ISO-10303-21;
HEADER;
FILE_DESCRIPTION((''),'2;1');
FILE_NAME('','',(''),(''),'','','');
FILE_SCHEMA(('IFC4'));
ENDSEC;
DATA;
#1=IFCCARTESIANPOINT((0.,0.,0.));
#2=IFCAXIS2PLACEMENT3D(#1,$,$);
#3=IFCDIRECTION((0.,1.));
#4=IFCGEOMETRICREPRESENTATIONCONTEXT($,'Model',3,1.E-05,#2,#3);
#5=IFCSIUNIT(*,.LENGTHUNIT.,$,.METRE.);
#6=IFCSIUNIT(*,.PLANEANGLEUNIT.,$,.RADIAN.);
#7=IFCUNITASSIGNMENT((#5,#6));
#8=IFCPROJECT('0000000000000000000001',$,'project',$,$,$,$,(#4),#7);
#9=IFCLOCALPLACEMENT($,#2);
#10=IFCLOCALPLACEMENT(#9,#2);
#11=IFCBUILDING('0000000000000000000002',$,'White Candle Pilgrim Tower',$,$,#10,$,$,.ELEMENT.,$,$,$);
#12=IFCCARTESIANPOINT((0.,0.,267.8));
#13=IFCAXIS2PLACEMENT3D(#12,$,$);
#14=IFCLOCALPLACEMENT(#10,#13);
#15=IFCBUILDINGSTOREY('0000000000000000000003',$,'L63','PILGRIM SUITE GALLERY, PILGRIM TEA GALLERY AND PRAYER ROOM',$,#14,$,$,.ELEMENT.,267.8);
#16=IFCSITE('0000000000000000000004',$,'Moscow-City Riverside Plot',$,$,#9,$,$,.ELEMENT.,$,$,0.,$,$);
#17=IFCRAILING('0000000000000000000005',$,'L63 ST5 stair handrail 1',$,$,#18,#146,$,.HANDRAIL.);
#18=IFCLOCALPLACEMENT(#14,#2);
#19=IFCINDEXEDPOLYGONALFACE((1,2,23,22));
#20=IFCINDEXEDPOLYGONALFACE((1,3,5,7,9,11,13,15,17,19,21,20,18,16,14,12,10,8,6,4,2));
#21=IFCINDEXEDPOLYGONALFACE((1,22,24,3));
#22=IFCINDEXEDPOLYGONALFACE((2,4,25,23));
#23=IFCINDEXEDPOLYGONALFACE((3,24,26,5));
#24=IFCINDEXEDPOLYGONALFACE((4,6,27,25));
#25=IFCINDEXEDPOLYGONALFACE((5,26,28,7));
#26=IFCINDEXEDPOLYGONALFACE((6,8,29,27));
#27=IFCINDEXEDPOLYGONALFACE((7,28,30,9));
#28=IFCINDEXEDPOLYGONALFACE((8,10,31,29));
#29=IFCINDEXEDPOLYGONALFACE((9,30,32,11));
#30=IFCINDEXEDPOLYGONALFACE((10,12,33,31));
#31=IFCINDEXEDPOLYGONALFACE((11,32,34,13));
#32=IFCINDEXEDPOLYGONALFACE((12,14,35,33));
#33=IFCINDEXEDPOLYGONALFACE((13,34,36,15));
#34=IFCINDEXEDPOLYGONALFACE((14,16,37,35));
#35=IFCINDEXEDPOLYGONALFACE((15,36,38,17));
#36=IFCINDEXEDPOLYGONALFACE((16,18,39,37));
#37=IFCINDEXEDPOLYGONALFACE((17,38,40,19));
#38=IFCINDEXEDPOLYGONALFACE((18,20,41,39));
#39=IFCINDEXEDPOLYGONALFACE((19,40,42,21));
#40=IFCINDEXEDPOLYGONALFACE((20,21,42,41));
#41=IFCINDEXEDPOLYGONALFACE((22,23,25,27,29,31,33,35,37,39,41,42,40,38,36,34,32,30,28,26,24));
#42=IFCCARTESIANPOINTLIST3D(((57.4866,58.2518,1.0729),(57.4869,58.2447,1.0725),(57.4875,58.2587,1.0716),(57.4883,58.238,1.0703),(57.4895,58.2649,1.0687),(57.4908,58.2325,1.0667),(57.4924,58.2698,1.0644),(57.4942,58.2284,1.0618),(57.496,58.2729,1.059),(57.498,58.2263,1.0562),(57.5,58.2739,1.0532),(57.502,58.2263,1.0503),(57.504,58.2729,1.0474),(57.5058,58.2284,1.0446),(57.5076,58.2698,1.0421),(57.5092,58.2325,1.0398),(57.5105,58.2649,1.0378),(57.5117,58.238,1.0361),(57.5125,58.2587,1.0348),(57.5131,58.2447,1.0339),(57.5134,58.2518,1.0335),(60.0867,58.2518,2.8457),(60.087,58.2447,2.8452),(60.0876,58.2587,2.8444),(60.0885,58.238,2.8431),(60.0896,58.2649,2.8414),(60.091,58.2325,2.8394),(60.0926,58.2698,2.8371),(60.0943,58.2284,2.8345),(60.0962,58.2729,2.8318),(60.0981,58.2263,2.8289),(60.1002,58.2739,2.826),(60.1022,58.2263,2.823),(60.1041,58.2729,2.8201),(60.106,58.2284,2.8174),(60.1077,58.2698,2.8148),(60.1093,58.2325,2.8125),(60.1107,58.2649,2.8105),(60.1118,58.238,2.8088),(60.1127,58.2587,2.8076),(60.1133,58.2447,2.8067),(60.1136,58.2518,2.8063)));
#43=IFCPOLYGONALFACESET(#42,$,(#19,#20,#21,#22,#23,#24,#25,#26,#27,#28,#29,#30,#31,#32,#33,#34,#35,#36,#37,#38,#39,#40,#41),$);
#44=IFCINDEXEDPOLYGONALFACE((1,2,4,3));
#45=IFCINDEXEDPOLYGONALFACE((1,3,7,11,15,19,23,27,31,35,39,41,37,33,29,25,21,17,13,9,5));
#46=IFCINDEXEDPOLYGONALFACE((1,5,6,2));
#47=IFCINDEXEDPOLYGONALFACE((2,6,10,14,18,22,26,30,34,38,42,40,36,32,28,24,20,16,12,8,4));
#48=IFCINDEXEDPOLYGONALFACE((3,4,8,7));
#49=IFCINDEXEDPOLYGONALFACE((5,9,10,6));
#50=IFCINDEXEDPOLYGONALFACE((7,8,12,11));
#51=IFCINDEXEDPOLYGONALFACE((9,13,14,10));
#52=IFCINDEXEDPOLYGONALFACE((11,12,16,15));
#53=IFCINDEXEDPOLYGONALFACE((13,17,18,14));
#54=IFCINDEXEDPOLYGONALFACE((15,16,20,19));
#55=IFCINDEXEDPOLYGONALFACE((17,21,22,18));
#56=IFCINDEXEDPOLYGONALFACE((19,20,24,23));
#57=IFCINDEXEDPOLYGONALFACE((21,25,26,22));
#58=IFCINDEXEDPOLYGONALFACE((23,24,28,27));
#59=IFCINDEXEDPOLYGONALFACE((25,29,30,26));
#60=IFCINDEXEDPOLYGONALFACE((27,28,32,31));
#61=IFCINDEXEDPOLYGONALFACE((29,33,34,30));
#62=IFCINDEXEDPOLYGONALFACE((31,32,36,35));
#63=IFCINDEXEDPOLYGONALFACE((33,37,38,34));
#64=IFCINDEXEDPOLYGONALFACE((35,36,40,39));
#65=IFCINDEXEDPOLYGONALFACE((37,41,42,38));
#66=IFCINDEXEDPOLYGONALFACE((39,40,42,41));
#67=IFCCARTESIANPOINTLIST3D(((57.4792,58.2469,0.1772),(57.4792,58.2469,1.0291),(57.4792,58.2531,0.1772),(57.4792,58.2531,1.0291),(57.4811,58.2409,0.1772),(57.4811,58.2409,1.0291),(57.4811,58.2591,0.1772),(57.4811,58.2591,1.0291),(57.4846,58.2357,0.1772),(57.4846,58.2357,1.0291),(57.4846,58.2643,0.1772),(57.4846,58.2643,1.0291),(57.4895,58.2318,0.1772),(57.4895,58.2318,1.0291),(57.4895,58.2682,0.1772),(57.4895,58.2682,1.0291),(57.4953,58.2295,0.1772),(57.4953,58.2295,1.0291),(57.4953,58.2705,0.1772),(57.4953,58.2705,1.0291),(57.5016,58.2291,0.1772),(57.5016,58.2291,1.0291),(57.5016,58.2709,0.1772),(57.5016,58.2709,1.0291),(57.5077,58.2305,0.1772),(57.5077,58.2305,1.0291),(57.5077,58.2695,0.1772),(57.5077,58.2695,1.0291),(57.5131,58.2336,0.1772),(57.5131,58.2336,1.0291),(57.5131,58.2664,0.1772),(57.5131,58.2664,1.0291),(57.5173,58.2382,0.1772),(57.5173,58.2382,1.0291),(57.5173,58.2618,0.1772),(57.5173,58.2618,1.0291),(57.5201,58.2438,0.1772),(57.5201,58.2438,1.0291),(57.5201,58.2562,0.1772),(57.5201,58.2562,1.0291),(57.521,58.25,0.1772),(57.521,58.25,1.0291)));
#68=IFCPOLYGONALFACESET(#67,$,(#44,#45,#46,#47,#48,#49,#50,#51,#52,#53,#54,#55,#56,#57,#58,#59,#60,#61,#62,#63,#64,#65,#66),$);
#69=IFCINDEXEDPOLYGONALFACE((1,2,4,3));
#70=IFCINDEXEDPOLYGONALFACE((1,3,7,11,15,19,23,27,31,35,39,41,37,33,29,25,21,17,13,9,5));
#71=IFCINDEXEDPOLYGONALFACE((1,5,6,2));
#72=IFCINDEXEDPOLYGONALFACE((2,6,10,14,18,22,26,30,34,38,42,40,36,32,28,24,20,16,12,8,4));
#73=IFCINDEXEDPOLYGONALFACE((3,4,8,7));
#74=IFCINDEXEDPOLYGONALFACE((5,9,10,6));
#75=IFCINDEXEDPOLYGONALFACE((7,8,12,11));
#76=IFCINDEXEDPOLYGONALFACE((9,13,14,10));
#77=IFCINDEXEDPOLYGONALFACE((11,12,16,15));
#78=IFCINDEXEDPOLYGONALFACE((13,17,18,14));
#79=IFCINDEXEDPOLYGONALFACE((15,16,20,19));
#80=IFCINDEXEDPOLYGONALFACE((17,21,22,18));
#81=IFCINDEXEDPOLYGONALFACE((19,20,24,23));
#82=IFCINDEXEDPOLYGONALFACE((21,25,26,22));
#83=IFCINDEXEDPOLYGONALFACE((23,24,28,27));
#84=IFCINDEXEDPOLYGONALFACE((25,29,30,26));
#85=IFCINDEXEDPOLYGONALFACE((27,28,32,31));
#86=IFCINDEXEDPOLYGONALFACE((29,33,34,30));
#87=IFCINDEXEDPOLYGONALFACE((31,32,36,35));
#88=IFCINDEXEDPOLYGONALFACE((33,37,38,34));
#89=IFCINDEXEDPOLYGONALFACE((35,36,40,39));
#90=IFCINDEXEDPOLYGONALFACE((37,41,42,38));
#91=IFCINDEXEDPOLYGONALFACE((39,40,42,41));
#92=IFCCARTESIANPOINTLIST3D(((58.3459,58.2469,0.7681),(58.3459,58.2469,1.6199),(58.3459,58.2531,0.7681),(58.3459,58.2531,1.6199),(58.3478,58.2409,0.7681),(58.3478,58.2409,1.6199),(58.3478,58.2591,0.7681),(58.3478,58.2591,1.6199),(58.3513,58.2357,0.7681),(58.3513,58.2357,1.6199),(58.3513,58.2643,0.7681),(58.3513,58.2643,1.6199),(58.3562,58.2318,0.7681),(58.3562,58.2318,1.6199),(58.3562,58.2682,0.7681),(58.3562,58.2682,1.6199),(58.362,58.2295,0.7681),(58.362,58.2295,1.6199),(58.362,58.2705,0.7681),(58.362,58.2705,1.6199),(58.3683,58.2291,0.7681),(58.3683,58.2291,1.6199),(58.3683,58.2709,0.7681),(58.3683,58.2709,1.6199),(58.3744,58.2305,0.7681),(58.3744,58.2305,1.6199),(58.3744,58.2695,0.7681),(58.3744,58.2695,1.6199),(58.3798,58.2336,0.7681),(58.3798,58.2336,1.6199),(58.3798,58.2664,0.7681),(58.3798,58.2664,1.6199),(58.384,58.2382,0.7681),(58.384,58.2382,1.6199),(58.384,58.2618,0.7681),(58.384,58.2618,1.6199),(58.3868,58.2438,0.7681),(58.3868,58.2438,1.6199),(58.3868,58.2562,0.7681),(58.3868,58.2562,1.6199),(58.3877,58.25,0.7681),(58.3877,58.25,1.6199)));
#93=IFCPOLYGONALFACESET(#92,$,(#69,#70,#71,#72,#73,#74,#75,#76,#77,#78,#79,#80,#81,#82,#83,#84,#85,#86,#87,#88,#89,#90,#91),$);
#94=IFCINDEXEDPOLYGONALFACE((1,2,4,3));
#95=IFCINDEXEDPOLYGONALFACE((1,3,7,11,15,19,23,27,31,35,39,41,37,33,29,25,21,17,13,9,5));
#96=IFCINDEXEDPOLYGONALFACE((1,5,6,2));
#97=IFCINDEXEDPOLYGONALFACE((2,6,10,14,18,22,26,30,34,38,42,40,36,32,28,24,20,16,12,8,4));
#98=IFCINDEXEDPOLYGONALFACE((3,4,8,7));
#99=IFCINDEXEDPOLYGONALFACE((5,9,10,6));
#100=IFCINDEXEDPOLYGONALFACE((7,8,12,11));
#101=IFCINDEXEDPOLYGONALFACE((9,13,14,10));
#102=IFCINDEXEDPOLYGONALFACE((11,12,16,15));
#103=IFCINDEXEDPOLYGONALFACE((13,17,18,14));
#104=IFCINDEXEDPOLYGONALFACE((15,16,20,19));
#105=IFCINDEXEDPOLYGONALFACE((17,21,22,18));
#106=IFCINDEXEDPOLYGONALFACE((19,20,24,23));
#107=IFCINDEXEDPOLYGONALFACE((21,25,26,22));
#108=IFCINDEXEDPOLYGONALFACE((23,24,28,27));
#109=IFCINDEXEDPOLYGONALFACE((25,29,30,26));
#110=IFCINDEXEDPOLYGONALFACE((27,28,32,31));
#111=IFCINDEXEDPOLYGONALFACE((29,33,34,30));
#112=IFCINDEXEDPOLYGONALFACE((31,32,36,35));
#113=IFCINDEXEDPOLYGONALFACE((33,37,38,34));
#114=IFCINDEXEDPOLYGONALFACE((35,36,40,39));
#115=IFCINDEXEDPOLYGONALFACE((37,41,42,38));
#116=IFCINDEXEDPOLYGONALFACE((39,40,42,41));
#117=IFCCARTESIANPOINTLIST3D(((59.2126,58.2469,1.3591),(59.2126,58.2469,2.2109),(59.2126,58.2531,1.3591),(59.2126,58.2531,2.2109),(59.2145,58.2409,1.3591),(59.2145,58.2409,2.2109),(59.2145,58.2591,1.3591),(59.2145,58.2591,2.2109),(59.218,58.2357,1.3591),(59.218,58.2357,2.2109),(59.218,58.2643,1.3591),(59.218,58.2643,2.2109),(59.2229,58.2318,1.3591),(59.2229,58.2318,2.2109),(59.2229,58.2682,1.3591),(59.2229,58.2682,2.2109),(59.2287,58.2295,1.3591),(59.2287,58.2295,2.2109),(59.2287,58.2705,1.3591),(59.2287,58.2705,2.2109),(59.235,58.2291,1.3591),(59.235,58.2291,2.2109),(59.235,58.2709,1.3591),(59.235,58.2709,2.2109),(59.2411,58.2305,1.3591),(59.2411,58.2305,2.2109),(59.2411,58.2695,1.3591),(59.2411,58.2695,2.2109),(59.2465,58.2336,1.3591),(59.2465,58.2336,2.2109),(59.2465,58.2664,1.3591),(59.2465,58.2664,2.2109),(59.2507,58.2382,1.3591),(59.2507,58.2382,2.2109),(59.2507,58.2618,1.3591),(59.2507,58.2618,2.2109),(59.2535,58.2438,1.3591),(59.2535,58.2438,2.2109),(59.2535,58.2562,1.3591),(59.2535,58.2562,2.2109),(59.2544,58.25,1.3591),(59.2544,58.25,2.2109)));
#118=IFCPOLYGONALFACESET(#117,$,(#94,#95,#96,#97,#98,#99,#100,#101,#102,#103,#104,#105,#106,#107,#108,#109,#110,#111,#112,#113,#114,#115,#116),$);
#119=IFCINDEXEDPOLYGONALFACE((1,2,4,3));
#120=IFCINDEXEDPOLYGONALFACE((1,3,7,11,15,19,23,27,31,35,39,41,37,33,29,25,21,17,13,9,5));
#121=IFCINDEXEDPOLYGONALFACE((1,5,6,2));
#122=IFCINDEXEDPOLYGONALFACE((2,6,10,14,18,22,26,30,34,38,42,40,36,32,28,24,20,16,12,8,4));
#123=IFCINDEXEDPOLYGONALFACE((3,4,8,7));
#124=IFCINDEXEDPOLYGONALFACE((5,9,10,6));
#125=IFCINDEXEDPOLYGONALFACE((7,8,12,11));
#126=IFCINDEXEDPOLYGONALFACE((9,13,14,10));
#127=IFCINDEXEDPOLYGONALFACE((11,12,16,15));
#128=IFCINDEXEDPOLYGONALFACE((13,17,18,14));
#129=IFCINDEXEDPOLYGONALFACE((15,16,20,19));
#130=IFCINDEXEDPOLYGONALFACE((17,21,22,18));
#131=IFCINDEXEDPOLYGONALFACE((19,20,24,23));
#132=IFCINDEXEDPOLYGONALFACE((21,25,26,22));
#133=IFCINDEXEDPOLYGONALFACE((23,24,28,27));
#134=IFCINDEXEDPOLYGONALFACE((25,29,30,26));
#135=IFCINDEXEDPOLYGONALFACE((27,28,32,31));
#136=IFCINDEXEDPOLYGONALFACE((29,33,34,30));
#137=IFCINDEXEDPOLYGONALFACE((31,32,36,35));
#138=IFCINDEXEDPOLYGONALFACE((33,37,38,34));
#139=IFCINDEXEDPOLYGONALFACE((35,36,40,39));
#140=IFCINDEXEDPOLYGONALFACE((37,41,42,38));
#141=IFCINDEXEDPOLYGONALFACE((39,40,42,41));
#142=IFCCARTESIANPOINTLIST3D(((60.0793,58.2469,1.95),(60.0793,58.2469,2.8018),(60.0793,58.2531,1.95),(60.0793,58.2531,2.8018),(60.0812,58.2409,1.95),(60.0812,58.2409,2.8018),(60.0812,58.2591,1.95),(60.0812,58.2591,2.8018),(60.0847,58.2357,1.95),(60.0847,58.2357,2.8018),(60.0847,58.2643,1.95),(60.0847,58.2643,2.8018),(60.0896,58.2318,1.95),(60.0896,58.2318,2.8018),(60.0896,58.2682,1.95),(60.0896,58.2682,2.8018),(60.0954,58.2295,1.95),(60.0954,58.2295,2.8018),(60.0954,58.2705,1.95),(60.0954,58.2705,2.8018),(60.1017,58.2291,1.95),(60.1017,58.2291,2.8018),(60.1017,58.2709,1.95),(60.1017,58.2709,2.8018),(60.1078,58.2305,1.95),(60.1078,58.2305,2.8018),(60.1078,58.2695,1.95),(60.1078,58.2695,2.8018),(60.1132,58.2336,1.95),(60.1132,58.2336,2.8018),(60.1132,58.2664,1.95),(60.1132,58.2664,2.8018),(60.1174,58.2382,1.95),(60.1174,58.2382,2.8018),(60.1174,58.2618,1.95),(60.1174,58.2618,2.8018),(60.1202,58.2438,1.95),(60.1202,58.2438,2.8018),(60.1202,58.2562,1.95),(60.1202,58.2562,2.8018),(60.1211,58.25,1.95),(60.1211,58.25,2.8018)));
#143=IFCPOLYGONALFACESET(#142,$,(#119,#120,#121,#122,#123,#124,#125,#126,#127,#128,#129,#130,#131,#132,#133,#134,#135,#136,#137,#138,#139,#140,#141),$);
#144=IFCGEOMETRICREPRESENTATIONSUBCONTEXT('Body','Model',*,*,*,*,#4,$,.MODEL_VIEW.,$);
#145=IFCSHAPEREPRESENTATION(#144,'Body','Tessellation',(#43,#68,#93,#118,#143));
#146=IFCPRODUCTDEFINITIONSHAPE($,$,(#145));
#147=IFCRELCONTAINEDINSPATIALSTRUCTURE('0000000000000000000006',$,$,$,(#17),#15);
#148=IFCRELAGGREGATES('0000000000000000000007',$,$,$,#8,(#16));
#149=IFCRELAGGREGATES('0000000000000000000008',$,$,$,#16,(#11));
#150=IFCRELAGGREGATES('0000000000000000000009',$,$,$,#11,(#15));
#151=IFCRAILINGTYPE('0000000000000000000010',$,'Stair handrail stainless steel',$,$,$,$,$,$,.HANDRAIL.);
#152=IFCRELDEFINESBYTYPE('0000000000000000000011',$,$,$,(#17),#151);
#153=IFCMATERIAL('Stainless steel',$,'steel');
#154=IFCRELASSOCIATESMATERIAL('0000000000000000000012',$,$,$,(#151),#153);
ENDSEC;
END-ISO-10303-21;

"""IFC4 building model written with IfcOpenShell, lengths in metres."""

from ifc_helpers import new_model, si_unit, direction, frame, origin, origin_2d, place, context, subcontext, project, spatial, circle, extrude, material, type_object, element, save


model = new_model("IFC4")

# Units and contexts
model_context = context("Model", 3, precision=1e-05, world=origin(), true_north=direction((0.0, 1.0)))
body_context = subcontext(model_context, "Body", "Model", "MODEL_VIEW")
ifc_project = project(units=[si_unit("LENGTHUNIT", "METRE"), si_unit("PLANEANGLEUNIT", "RADIAN")], contexts=[model_context])

# Site, building, storey
site_placement = place(None, origin())
site = spatial("IfcSite", under=ifc_project, at=site_placement, Name="Moscow-City Riverside Plot", CompositionType="ELEMENT", RefElevation=0.0)
building_placement = place(site_placement, origin())
building = spatial("IfcBuilding", under=site, at=building_placement, Name="White Candle Pilgrim Tower", CompositionType="ELEMENT")
storey_placement = place(building_placement, frame((0.0, 0.0, 267.8)))
storey = spatial("IfcBuildingStorey", under=building, at=storey_placement, Name="L63", Description="PILGRIM SUITE GALLERY, PILGRIM TEA GALLERY AND PRAYER ROOM", CompositionType="ELEMENT", Elevation=267.8)

# Railing
ifc_material_1 = material(Name="Stainless steel", Category="steel")
railing_type_1 = type_object("IfcRailingType", Name="Stair handrail stainless steel", PredefinedType="HANDRAIL", material=ifc_material_1)
railing_1_placement = place(storey_placement, frame((57.5, 58.25, 0.1772)))
element("IfcRailing", 1, at=railing_1_placement, inside=storey, type_object=railing_type_1, Name="L63 ST5 stair handrail 1", PredefinedType="HANDRAIL", context=body_context, shape_type="SweptSolid", body=[
    extrude(circle(Radius=0.0239, at=origin_2d()), frame((0.0, 0.0, 0.876), z_axis=(0.82624, 0.0, 0.563318), x_axis=(0.0, 1.0, 0.0)), (0.0, 0.0, 1.0), 3.147),
    extrude(circle(Radius=0.021, at=origin_2d()), origin(), (0.0, 0.0, 1.0), 0.8518),
    extrude(circle(Radius=0.021, at=origin_2d()), frame((0.8667, 0.0, 0.5908)), (0.0, 0.0, 1.0), 0.8518),
    extrude(circle(Radius=0.021, at=origin_2d()), frame((1.7334, 0.0, 1.1819)), (0.0, 0.0, 1.0), 0.8518),
    extrude(circle(Radius=0.021, at=origin_2d()), frame((2.6001, 0.0, 1.7727)), (0.0, 0.0, 1.0), 0.8518),
])

save(model, "model.ifc")
